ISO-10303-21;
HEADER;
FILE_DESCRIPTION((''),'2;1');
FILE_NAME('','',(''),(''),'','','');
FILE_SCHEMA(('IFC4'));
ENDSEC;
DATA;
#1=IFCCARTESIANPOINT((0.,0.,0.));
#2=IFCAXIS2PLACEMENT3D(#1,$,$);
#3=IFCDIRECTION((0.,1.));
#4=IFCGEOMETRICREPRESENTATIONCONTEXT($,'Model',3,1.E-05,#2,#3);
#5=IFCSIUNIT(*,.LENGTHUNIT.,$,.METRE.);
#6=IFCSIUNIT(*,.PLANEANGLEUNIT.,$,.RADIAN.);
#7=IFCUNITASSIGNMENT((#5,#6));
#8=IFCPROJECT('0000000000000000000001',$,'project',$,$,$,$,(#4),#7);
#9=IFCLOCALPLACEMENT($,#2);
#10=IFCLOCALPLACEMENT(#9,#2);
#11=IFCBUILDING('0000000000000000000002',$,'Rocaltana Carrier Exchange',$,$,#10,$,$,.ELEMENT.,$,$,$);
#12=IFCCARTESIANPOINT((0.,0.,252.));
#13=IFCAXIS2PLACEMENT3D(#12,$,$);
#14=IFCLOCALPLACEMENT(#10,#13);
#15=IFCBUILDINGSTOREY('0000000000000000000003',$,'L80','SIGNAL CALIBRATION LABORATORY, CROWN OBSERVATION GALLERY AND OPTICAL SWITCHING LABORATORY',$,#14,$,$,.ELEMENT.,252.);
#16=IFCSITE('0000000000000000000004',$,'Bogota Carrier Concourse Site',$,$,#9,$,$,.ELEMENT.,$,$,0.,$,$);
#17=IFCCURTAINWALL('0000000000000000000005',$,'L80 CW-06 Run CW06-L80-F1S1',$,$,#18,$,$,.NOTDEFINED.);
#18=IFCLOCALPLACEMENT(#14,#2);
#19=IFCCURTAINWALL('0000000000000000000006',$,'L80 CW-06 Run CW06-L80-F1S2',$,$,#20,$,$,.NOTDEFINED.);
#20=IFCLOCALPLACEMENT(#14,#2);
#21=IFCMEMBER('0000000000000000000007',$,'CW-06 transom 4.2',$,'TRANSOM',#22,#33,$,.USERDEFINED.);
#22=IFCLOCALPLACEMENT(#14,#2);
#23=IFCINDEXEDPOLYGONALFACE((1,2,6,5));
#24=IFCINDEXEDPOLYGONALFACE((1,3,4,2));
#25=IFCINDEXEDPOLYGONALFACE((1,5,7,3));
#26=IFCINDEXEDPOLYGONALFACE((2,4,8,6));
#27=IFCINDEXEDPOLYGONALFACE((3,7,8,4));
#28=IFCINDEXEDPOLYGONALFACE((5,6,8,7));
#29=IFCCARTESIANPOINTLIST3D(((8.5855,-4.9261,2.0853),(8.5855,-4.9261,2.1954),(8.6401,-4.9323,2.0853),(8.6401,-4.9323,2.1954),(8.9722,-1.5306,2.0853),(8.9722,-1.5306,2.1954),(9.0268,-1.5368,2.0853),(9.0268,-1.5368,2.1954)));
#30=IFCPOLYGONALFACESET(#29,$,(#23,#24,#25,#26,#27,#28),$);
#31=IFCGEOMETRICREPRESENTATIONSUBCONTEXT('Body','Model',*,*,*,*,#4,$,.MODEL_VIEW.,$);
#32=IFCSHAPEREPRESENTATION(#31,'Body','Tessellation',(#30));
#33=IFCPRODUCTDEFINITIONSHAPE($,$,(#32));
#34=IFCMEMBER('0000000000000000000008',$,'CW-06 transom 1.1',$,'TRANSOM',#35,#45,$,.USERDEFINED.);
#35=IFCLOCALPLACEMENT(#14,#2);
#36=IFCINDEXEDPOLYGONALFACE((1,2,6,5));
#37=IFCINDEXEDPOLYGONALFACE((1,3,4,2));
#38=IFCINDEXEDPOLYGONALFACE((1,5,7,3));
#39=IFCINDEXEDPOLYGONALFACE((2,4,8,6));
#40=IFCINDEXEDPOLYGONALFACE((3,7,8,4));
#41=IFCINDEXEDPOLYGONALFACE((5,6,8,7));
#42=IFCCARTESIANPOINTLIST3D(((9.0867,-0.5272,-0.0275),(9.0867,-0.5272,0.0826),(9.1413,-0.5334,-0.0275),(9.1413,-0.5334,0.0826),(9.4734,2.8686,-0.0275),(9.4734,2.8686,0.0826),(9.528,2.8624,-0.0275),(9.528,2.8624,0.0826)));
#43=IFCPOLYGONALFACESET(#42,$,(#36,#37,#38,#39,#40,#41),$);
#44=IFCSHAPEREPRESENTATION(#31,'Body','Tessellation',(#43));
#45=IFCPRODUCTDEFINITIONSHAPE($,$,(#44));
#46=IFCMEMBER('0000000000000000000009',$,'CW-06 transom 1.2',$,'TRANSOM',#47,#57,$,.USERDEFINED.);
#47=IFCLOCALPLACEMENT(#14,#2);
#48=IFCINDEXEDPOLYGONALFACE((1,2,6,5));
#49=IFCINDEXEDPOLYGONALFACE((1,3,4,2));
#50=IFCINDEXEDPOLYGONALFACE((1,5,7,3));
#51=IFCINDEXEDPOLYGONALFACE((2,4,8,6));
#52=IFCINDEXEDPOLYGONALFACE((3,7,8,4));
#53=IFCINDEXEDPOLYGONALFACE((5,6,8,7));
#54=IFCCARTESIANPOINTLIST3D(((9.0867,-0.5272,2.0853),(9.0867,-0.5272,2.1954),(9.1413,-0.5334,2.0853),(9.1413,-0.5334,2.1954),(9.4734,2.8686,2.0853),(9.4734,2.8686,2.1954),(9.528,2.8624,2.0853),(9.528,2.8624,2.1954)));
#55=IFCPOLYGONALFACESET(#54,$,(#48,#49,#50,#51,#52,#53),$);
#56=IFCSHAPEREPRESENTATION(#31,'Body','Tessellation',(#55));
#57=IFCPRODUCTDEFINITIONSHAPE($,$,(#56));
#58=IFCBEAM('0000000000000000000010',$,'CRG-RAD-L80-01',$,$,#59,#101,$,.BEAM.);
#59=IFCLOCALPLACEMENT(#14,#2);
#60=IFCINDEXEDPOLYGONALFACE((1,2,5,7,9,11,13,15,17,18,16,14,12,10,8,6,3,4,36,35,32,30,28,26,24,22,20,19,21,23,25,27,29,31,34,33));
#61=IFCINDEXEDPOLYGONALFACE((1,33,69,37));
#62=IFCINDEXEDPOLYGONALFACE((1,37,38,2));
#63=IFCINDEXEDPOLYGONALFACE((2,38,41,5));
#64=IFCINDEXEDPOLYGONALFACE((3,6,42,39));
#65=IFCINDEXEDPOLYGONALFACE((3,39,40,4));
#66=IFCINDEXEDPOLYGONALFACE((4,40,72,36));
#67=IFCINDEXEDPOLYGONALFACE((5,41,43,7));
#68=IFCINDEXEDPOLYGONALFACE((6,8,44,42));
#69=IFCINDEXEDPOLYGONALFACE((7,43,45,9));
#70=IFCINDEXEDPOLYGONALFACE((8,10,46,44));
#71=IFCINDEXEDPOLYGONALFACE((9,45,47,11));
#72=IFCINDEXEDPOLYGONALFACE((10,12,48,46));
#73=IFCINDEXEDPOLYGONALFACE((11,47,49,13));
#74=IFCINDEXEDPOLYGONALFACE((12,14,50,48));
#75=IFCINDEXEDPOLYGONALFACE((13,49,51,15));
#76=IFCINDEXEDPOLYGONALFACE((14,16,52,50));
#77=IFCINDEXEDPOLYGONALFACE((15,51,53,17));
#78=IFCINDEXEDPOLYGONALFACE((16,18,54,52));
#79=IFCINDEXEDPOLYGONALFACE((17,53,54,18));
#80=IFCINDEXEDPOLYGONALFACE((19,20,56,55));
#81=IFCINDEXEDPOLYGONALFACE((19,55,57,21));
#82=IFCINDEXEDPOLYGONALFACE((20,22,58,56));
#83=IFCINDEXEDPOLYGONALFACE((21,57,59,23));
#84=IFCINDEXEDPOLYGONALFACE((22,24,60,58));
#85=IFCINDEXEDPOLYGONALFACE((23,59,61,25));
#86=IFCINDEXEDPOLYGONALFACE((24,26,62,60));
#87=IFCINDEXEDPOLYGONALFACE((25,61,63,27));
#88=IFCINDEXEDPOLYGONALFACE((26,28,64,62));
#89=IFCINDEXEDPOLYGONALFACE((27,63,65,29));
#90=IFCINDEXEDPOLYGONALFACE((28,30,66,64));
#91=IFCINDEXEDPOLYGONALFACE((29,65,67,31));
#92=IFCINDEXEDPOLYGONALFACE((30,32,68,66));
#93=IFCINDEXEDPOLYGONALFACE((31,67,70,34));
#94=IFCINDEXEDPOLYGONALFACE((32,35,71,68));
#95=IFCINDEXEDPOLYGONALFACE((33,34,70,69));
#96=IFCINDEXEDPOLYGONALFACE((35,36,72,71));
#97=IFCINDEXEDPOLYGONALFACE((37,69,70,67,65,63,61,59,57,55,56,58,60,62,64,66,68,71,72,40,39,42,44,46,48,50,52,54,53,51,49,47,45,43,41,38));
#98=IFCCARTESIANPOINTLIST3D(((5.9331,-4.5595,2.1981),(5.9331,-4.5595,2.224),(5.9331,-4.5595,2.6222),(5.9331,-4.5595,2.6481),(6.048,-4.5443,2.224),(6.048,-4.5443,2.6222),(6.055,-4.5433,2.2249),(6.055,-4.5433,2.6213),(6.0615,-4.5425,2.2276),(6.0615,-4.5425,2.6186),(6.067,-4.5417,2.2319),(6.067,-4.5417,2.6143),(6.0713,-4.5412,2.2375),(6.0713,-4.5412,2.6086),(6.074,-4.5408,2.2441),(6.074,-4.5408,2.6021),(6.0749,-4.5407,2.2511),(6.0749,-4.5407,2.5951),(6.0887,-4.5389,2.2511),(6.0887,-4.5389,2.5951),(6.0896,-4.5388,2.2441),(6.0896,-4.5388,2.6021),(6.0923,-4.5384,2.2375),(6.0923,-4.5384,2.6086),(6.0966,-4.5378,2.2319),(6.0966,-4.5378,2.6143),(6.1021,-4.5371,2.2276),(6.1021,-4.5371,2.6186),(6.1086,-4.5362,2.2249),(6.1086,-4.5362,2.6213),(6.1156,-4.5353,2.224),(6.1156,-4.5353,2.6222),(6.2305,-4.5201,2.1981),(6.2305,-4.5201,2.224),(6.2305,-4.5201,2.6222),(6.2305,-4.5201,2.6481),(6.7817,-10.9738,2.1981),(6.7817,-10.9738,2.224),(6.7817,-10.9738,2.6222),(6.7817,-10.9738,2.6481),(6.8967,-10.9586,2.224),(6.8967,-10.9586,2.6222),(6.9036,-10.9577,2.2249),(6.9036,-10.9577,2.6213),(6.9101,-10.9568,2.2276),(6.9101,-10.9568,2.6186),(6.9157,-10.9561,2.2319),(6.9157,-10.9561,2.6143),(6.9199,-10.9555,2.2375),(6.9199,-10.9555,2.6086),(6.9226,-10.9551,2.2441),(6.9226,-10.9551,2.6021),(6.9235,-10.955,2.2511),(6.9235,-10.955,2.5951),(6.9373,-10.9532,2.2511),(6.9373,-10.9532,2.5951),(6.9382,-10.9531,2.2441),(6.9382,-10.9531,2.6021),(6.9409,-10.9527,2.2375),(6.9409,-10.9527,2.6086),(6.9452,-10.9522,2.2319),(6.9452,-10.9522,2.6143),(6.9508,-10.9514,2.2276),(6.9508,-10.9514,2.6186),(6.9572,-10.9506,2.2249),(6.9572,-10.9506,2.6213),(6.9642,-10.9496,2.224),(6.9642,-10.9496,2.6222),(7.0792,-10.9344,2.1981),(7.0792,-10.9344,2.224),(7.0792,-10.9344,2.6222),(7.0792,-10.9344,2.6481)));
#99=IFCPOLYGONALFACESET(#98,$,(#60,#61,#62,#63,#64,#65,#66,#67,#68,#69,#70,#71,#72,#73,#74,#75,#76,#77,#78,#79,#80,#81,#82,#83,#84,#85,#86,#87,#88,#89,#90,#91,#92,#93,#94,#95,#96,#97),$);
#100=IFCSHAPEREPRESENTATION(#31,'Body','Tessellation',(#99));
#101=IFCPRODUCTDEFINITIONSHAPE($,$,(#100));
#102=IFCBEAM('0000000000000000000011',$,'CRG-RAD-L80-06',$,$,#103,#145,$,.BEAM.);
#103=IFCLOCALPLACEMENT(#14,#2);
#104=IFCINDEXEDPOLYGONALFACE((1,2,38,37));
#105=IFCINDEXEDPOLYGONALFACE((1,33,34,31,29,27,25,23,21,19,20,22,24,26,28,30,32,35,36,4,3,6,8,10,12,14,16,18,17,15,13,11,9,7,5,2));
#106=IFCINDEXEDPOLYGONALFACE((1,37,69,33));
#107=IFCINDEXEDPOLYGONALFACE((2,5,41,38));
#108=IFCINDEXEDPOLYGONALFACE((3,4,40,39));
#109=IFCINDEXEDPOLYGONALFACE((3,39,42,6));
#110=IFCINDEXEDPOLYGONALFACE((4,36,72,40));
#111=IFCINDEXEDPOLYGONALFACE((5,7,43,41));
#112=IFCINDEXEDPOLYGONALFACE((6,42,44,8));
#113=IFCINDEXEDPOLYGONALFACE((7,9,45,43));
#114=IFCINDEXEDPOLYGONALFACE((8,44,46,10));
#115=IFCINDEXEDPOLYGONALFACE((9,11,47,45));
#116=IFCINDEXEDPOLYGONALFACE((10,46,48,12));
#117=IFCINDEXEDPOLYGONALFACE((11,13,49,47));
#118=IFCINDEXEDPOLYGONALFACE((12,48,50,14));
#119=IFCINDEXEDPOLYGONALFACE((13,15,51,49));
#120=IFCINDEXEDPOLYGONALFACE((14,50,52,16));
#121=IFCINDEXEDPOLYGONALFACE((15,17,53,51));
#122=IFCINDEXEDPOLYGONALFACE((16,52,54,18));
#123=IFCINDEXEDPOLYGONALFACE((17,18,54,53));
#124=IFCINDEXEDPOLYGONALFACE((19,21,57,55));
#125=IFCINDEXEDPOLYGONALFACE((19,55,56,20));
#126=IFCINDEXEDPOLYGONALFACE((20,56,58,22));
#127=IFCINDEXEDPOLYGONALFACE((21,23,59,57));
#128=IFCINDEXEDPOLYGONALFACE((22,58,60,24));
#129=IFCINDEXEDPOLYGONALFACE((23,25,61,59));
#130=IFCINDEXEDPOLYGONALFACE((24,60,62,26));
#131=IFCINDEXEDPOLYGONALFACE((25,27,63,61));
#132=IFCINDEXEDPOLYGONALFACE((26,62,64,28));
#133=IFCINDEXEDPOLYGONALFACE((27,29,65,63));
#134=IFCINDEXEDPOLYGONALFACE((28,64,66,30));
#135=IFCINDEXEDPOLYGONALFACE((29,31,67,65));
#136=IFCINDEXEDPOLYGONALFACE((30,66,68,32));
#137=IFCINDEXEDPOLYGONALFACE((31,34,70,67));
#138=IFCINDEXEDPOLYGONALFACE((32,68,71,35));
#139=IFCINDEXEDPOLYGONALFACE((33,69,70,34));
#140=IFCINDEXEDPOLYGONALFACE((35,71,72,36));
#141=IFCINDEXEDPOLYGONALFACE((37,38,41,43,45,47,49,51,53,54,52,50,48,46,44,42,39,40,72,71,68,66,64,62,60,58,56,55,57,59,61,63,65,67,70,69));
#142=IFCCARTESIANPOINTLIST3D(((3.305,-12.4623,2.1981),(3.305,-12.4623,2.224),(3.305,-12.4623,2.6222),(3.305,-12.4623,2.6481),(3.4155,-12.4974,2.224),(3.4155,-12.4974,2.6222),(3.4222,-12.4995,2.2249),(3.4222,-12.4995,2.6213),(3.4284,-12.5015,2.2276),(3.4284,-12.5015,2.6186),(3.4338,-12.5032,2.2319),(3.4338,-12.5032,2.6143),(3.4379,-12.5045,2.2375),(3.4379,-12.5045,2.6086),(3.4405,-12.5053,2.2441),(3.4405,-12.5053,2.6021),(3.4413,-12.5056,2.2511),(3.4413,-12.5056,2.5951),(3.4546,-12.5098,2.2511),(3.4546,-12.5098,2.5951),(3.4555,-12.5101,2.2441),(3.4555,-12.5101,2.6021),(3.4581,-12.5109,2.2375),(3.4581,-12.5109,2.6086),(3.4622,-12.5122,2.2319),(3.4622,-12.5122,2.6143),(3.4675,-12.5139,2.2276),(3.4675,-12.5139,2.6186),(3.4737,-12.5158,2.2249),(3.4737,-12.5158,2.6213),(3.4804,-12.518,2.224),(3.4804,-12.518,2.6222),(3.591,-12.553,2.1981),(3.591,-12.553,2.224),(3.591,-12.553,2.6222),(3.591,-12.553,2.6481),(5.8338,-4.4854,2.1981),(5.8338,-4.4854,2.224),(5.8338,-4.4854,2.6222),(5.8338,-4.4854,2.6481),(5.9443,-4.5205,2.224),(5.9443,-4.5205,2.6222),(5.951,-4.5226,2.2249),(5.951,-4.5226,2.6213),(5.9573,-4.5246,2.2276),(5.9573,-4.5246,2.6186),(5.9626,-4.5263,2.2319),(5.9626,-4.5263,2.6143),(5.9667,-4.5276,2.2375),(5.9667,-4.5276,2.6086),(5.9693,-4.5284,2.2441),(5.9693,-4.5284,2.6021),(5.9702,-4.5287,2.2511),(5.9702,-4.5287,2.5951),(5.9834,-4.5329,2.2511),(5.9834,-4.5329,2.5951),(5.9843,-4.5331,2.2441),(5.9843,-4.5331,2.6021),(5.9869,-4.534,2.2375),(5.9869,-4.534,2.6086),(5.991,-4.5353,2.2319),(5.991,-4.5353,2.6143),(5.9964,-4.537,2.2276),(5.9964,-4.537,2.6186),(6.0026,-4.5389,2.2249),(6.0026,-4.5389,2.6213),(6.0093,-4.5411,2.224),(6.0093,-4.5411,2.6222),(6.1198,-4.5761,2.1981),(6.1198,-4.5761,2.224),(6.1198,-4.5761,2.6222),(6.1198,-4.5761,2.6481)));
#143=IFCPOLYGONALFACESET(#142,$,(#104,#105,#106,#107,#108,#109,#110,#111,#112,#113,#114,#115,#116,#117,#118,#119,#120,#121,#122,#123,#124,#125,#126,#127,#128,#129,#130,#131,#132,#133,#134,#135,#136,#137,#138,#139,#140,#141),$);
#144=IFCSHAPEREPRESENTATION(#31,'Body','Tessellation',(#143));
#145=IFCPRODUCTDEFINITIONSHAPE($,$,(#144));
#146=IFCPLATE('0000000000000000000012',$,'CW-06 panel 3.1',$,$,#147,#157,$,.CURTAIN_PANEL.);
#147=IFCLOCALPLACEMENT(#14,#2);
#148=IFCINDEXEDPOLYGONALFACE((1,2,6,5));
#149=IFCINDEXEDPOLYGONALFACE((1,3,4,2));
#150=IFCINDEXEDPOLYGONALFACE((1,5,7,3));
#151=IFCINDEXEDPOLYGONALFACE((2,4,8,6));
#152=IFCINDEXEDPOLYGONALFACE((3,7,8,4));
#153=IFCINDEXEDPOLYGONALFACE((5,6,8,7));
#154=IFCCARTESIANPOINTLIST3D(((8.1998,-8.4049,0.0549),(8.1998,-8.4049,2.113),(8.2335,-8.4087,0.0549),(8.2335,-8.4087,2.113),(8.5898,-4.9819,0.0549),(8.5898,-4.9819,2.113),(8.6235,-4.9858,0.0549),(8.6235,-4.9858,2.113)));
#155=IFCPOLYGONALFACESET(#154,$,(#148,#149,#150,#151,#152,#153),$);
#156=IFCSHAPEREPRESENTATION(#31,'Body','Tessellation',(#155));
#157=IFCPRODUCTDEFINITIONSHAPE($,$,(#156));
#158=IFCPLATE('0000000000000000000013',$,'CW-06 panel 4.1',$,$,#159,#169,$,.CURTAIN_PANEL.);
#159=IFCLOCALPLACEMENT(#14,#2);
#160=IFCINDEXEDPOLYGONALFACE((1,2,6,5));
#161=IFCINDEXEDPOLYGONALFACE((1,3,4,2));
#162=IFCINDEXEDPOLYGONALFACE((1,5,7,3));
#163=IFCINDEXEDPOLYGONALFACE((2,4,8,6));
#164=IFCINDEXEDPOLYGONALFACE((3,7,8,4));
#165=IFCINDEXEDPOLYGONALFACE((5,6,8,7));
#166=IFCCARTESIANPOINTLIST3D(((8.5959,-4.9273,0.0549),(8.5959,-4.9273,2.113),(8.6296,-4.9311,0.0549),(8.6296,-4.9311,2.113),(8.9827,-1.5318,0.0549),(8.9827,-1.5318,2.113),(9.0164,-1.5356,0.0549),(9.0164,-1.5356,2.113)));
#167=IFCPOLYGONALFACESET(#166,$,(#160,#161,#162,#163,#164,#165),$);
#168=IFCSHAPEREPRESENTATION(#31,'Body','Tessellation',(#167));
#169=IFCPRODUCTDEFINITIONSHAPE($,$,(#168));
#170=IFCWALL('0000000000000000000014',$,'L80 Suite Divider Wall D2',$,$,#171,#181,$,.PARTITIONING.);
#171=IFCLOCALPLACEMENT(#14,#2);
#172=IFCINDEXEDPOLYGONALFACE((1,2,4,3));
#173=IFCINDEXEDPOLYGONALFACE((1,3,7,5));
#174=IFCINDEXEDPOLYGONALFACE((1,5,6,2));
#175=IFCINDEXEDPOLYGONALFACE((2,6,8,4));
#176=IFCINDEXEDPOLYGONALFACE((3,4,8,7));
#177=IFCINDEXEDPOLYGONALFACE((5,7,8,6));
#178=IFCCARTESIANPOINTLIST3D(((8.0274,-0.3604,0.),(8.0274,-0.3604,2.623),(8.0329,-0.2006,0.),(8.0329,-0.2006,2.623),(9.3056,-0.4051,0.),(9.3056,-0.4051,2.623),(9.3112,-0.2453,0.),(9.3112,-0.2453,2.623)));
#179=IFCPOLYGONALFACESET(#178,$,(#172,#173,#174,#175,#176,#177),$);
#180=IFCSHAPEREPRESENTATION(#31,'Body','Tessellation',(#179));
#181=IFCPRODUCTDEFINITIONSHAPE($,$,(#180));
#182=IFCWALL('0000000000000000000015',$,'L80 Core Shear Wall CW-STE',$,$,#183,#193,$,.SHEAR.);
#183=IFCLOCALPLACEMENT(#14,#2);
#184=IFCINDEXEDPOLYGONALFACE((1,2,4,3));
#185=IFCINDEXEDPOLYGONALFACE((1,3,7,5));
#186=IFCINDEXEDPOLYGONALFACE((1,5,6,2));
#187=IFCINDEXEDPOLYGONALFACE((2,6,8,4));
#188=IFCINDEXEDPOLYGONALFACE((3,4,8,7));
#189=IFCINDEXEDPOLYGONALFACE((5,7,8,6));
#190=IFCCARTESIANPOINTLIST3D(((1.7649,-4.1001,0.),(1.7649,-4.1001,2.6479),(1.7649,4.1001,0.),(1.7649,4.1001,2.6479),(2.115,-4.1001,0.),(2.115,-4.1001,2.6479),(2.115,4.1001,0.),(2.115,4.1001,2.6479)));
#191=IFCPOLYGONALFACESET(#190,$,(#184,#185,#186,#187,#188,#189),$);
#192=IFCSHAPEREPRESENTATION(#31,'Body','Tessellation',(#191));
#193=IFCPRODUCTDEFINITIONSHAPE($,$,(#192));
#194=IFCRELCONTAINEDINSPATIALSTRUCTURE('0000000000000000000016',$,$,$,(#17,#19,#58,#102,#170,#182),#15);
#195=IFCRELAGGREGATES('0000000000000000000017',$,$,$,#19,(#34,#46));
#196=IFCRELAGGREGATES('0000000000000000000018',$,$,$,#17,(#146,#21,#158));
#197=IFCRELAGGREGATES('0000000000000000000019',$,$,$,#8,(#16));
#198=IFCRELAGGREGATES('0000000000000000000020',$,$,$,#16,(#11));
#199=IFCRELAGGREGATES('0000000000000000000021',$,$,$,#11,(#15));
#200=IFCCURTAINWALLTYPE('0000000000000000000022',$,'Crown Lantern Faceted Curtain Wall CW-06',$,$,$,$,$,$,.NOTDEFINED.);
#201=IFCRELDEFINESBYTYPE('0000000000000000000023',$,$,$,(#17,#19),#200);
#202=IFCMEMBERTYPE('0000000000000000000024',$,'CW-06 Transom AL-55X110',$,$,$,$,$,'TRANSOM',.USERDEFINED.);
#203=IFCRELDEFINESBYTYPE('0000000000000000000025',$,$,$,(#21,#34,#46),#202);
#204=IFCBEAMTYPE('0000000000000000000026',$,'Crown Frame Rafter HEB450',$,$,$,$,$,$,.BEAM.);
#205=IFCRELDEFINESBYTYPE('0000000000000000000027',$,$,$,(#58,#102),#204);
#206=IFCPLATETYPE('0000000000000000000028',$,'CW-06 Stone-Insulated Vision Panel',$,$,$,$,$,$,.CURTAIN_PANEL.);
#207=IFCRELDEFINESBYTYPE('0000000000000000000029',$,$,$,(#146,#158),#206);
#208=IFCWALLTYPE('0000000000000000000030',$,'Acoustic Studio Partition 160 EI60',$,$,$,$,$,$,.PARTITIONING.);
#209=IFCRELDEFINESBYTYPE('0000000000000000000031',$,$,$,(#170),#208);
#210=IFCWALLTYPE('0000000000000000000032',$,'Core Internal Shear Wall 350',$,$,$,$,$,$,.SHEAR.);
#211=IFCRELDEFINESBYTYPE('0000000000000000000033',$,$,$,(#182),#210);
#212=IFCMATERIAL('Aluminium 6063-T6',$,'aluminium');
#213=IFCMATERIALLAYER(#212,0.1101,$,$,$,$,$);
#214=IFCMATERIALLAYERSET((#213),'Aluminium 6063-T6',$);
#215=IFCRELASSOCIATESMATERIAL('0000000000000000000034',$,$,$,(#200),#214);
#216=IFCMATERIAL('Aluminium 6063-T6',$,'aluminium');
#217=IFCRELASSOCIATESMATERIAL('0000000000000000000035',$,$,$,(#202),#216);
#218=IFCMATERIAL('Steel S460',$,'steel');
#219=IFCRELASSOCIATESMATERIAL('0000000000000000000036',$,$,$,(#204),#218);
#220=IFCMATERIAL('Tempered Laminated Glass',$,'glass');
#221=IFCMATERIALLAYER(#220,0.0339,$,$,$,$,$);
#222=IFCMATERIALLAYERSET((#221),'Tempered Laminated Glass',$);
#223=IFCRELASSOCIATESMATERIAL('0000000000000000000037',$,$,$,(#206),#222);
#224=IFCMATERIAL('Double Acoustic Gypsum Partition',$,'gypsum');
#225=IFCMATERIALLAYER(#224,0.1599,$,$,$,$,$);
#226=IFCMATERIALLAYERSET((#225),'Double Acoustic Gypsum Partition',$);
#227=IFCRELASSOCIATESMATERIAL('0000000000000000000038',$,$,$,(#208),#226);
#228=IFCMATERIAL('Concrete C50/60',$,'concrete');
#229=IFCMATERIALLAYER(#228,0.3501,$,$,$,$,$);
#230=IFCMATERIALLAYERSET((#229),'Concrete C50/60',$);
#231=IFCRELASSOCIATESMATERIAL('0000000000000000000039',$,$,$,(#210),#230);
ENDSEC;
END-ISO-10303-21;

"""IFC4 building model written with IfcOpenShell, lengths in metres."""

from ifc_helpers import new_model, si_unit, direction, frame, frame_2d, origin, origin_2d, place, context, subcontext, project, spatial, rectangle, i_section, extrude, material, layer, layer_set, material_profile, profile_set, type_object, element, aggregate, save


model = new_model("IFC4")

# Units and contexts
model_context = context("Model", 3, precision=1e-05, world=origin(), true_north=direction((0.0, 1.0)))
body_context = subcontext(model_context, "Body", "Model", "MODEL_VIEW")
ifc_project = project(units=[si_unit("LENGTHUNIT", "METRE"), si_unit("PLANEANGLEUNIT", "RADIAN")], contexts=[model_context])

# Site, building, storey
site_placement = place(None, origin())
site = spatial("IfcSite", under=ifc_project, at=site_placement, Name="Bogota Carrier Concourse Site", CompositionType="ELEMENT", RefElevation=0.0)
building_placement = place(site_placement, origin())
building = spatial("IfcBuilding", under=site, at=building_placement, Name="Rocaltana Carrier Exchange", CompositionType="ELEMENT")
storey_placement = place(building_placement, frame((0.0, 0.0, 252.0)))
storey = spatial("IfcBuildingStorey", under=building, at=storey_placement, Name="L80", Description="SIGNAL CALIBRATION LABORATORY, CROWN OBSERVATION GALLERY AND OPTICAL SWITCHING LABORATORY", CompositionType="ELEMENT", Elevation=252.0)

# Curtain wall
ifc_material_1 = material(Name="Aluminium 6063-T6", Category="aluminium")
ifc_layer_1 = layer(ifc_material_1, 0.1101)
ifc_layer_set_1 = layer_set([ifc_layer_1], Name="Aluminium 6063-T6")
curtain_wall_type = type_object("IfcCurtainWallType", Name="Crown Lantern Faceted Curtain Wall CW-06", PredefinedType="NOTDEFINED", material=ifc_layer_set_1)
curtain_wall_1_placement = place(storey_placement, origin())
curtain_wall_1 = element("IfcCurtainWall", 1, at=curtain_wall_1_placement, inside=storey, type_object=curtain_wall_type, Name="L80 CW-06 Run CW06-L80-F1S1", PredefinedType="NOTDEFINED")

# Curtain wall
curtain_wall_2_placement = place(storey_placement, origin())
curtain_wall_2 = element("IfcCurtainWall", 2, at=curtain_wall_2_placement, inside=storey, type_object=curtain_wall_type, Name="L80 CW-06 Run CW06-L80-F1S2", PredefinedType="NOTDEFINED")

# Members
ifc_material_2 = material(Name="Aluminium 6063-T6", Category="aluminium")
ifc_material_profile_1 = material_profile(ifc_material_2, rectangle(XDim=0.0549, YDim=0.1101, at=origin_2d()), Name="AL-55X110")
ifc_profile_set_1 = profile_set([ifc_material_profile_1], Name="Aluminium 6063-T6")
member_type_1 = type_object("IfcMemberType", Name="CW-06 Transom AL-55X110", ElementType="TRANSOM", PredefinedType="USERDEFINED", material=ifc_profile_set_1)
member_1_placement = place(storey_placement, frame((8.6128, -4.9292, 2.1404), z_axis=(0.11316, 0.993577, 0.0), x_axis=(-0.993577, 0.11316, 0.0)))
member_1 = element("IfcMember", 3, at=member_1_placement, type_object=member_type_1, Name="CW-06 transom 4.2", ObjectType="TRANSOM", PredefinedType="USERDEFINED", context=body_context, shape_type="SweptSolid", body=[
    extrude(rectangle(XDim=0.0549, YDim=0.1101, at=origin_2d()), origin(), (0.0, 0.0, 1.0), 3.4175),
])
member_2_placement = place(storey_placement, frame((9.114, -0.5303, 0.0276), z_axis=(0.113152, 0.993578, 0.0), x_axis=(-0.993578, 0.113152, 0.0)))
member_2 = element("IfcMember", 4, at=member_2_placement, type_object=member_type_1, Name="CW-06 transom 1.1", ObjectType="TRANSOM", PredefinedType="USERDEFINED", context=body_context, shape_type="SweptSolid", body=[
    extrude(rectangle(XDim=0.0549, YDim=0.1101, at=origin_2d()), origin(), (0.0, 0.0, 1.0), 3.4177),
])
member_3_placement = place(storey_placement, frame((9.114, -0.5303, 2.1404), z_axis=(0.113152, 0.993578, 0.0), x_axis=(-0.993578, 0.113152, 0.0)))
member_3 = element("IfcMember", 5, at=member_3_placement, type_object=member_type_1, Name="CW-06 transom 1.2", ObjectType="TRANSOM", PredefinedType="USERDEFINED", context=body_context, shape_type="SweptSolid", body=[
    extrude(rectangle(XDim=0.0549, YDim=0.1101, at=origin_2d()), origin(), (0.0, 0.0, 1.0), 3.4177),
])
aggregate(curtain_wall_2, [member_2, member_3])

# Beams
ifc_material_3 = material(Name="Steel S460", Category="steel")
ifc_material_profile_2 = material_profile(ifc_material_3, i_section(OverallWidth=0.3, OverallDepth=0.45, WebThickness=0.0139, FlangeThickness=0.0259, FilletRadius=0.0271, at=origin_2d()), Name="HEB450")
ifc_profile_set_2 = profile_set([ifc_material_profile_2], Name="Steel S460")
beam_type = type_object("IfcBeamType", Name="Crown Frame Rafter HEB450", PredefinedType="BEAM", material=ifc_profile_set_2)
beam_1_placement = place(storey_placement, frame((6.0818, -4.5398, 2.4231), z_axis=(0.13116, -0.991361, 0.0), x_axis=(0.991361, 0.13116, 0.0)))
element("IfcBeam", 6, at=beam_1_placement, inside=storey, type_object=beam_type, Name="CRG-RAD-L80-01", PredefinedType="BEAM", context=body_context, shape_type="SweptSolid", body=[
    extrude(i_section(OverallWidth=0.3, OverallDepth=0.45, WebThickness=0.0139, FlangeThickness=0.0259, FilletRadius=0.0271, at=origin_2d()), origin(), (0.0, 0.0, 1.0), 6.4702),
])
beam_2_placement = place(storey_placement, frame((5.9768, -4.5308, 2.4231), z_axis=(-0.302198, -0.953245, 0.0), x_axis=(0.953245, -0.302198, 0.0)))
element("IfcBeam", 7, at=beam_2_placement, inside=storey, type_object=beam_type, Name="CRG-RAD-L80-06", PredefinedType="BEAM", context=body_context, shape_type="SweptSolid", body=[
    extrude(i_section(OverallWidth=0.3, OverallDepth=0.45, WebThickness=0.0139, FlangeThickness=0.0259, FilletRadius=0.0271, at=origin_2d()), origin(), (0.0, 0.0, 1.0), 8.3682),
])

# Plates
ifc_material_4 = material(Name="Tempered Laminated Glass", Category="glass")
ifc_layer_2 = layer(ifc_material_4, 0.0339)
ifc_layer_set_2 = layer_set([ifc_layer_2], Name="Tempered Laminated Glass")
plate_type = type_object("IfcPlateType", Name="CW-06 Stone-Insulated Vision Panel", PredefinedType="CURTAIN_PANEL", material=ifc_layer_set_2)
plate_1_placement = place(storey_placement, frame((8.4116, -6.6953, 0.0549), z_axis=(0.0, 0.0, 1.0), x_axis=(0.1132, 0.993572, 0.0)))
plate_1 = element("IfcPlate", 8, at=plate_1_placement, type_object=plate_type, Name="CW-06 panel 3.1", PredefinedType="CURTAIN_PANEL", context=body_context, shape_type="SweptSolid", body=[
    extrude(rectangle(XDim=3.4451, YDim=0.0339, at=origin_2d()), origin(), (0.0, 0.0, 1.0), 2.0581),
])
plate_2_placement = place(storey_placement, frame((8.8062, -3.2314, 0.0549), z_axis=(0.0, 0.0, 1.0), x_axis=(0.1132, 0.993572, 0.0)))
plate_2 = element("IfcPlate", 9, at=plate_2_placement, type_object=plate_type, Name="CW-06 panel 4.1", PredefinedType="CURTAIN_PANEL", context=body_context, shape_type="SweptSolid", body=[
    extrude(rectangle(XDim=3.4175, YDim=0.0339, at=origin_2d()), origin(), (0.0, 0.0, 1.0), 2.0581),
])
aggregate(curtain_wall_1, [plate_1, member_1, plate_2])

# Walls
ifc_material_5 = material(Name="Double Acoustic Gypsum Partition", Category="gypsum")
ifc_layer_3 = layer(ifc_material_5, 0.1599)
ifc_layer_set_3 = layer_set([ifc_layer_3], Name="Double Acoustic Gypsum Partition")
wall_type_1 = type_object("IfcWallType", Name="Acoustic Studio Partition 160 EI60", PredefinedType="PARTITIONING", material=ifc_layer_set_3)
wall_1_placement = place(storey_placement, frame((8.03, -0.2805, 0.0), z_axis=(0.0, 0.0, 1.0), x_axis=(0.99939, -0.034929, 0.0)))
element("IfcWall", 10, at=wall_1_placement, inside=storey, type_object=wall_type_1, Name="L80 Suite Divider Wall D2", PredefinedType="PARTITIONING", context=body_context, shape_type="SweptSolid", body=[
    extrude(rectangle(XDim=1.2791, YDim=0.1599, at=frame_2d((0.6396, 0.0))), origin(), (0.0, 0.0, 1.0), 2.623),
])
ifc_material_6 = material(Name="Concrete C50/60", Category="concrete")
ifc_layer_4 = layer(ifc_material_6, 0.3501)
ifc_layer_set_4 = layer_set([ifc_layer_4], Name="Concrete C50/60")
wall_type_2 = type_object("IfcWallType", Name="Core Internal Shear Wall 350", PredefinedType="SHEAR", material=ifc_layer_set_4)
wall_2_placement = place(storey_placement, frame((1.9399, -4.1001, 0.0), z_axis=(0.0, 0.0, 1.0), x_axis=(0.0, 1.0, 0.0)))
element("IfcWall", 11, at=wall_2_placement, inside=storey, type_object=wall_type_2, Name="L80 Core Shear Wall CW-STE", PredefinedType="SHEAR", context=body_context, shape_type="SweptSolid", body=[
    extrude(rectangle(XDim=8.2002, YDim=0.3501, at=frame_2d((4.1001, 0.0))), origin(), (0.0, 0.0, 1.0), 2.6479),
])

save(model, "model.ifc")
